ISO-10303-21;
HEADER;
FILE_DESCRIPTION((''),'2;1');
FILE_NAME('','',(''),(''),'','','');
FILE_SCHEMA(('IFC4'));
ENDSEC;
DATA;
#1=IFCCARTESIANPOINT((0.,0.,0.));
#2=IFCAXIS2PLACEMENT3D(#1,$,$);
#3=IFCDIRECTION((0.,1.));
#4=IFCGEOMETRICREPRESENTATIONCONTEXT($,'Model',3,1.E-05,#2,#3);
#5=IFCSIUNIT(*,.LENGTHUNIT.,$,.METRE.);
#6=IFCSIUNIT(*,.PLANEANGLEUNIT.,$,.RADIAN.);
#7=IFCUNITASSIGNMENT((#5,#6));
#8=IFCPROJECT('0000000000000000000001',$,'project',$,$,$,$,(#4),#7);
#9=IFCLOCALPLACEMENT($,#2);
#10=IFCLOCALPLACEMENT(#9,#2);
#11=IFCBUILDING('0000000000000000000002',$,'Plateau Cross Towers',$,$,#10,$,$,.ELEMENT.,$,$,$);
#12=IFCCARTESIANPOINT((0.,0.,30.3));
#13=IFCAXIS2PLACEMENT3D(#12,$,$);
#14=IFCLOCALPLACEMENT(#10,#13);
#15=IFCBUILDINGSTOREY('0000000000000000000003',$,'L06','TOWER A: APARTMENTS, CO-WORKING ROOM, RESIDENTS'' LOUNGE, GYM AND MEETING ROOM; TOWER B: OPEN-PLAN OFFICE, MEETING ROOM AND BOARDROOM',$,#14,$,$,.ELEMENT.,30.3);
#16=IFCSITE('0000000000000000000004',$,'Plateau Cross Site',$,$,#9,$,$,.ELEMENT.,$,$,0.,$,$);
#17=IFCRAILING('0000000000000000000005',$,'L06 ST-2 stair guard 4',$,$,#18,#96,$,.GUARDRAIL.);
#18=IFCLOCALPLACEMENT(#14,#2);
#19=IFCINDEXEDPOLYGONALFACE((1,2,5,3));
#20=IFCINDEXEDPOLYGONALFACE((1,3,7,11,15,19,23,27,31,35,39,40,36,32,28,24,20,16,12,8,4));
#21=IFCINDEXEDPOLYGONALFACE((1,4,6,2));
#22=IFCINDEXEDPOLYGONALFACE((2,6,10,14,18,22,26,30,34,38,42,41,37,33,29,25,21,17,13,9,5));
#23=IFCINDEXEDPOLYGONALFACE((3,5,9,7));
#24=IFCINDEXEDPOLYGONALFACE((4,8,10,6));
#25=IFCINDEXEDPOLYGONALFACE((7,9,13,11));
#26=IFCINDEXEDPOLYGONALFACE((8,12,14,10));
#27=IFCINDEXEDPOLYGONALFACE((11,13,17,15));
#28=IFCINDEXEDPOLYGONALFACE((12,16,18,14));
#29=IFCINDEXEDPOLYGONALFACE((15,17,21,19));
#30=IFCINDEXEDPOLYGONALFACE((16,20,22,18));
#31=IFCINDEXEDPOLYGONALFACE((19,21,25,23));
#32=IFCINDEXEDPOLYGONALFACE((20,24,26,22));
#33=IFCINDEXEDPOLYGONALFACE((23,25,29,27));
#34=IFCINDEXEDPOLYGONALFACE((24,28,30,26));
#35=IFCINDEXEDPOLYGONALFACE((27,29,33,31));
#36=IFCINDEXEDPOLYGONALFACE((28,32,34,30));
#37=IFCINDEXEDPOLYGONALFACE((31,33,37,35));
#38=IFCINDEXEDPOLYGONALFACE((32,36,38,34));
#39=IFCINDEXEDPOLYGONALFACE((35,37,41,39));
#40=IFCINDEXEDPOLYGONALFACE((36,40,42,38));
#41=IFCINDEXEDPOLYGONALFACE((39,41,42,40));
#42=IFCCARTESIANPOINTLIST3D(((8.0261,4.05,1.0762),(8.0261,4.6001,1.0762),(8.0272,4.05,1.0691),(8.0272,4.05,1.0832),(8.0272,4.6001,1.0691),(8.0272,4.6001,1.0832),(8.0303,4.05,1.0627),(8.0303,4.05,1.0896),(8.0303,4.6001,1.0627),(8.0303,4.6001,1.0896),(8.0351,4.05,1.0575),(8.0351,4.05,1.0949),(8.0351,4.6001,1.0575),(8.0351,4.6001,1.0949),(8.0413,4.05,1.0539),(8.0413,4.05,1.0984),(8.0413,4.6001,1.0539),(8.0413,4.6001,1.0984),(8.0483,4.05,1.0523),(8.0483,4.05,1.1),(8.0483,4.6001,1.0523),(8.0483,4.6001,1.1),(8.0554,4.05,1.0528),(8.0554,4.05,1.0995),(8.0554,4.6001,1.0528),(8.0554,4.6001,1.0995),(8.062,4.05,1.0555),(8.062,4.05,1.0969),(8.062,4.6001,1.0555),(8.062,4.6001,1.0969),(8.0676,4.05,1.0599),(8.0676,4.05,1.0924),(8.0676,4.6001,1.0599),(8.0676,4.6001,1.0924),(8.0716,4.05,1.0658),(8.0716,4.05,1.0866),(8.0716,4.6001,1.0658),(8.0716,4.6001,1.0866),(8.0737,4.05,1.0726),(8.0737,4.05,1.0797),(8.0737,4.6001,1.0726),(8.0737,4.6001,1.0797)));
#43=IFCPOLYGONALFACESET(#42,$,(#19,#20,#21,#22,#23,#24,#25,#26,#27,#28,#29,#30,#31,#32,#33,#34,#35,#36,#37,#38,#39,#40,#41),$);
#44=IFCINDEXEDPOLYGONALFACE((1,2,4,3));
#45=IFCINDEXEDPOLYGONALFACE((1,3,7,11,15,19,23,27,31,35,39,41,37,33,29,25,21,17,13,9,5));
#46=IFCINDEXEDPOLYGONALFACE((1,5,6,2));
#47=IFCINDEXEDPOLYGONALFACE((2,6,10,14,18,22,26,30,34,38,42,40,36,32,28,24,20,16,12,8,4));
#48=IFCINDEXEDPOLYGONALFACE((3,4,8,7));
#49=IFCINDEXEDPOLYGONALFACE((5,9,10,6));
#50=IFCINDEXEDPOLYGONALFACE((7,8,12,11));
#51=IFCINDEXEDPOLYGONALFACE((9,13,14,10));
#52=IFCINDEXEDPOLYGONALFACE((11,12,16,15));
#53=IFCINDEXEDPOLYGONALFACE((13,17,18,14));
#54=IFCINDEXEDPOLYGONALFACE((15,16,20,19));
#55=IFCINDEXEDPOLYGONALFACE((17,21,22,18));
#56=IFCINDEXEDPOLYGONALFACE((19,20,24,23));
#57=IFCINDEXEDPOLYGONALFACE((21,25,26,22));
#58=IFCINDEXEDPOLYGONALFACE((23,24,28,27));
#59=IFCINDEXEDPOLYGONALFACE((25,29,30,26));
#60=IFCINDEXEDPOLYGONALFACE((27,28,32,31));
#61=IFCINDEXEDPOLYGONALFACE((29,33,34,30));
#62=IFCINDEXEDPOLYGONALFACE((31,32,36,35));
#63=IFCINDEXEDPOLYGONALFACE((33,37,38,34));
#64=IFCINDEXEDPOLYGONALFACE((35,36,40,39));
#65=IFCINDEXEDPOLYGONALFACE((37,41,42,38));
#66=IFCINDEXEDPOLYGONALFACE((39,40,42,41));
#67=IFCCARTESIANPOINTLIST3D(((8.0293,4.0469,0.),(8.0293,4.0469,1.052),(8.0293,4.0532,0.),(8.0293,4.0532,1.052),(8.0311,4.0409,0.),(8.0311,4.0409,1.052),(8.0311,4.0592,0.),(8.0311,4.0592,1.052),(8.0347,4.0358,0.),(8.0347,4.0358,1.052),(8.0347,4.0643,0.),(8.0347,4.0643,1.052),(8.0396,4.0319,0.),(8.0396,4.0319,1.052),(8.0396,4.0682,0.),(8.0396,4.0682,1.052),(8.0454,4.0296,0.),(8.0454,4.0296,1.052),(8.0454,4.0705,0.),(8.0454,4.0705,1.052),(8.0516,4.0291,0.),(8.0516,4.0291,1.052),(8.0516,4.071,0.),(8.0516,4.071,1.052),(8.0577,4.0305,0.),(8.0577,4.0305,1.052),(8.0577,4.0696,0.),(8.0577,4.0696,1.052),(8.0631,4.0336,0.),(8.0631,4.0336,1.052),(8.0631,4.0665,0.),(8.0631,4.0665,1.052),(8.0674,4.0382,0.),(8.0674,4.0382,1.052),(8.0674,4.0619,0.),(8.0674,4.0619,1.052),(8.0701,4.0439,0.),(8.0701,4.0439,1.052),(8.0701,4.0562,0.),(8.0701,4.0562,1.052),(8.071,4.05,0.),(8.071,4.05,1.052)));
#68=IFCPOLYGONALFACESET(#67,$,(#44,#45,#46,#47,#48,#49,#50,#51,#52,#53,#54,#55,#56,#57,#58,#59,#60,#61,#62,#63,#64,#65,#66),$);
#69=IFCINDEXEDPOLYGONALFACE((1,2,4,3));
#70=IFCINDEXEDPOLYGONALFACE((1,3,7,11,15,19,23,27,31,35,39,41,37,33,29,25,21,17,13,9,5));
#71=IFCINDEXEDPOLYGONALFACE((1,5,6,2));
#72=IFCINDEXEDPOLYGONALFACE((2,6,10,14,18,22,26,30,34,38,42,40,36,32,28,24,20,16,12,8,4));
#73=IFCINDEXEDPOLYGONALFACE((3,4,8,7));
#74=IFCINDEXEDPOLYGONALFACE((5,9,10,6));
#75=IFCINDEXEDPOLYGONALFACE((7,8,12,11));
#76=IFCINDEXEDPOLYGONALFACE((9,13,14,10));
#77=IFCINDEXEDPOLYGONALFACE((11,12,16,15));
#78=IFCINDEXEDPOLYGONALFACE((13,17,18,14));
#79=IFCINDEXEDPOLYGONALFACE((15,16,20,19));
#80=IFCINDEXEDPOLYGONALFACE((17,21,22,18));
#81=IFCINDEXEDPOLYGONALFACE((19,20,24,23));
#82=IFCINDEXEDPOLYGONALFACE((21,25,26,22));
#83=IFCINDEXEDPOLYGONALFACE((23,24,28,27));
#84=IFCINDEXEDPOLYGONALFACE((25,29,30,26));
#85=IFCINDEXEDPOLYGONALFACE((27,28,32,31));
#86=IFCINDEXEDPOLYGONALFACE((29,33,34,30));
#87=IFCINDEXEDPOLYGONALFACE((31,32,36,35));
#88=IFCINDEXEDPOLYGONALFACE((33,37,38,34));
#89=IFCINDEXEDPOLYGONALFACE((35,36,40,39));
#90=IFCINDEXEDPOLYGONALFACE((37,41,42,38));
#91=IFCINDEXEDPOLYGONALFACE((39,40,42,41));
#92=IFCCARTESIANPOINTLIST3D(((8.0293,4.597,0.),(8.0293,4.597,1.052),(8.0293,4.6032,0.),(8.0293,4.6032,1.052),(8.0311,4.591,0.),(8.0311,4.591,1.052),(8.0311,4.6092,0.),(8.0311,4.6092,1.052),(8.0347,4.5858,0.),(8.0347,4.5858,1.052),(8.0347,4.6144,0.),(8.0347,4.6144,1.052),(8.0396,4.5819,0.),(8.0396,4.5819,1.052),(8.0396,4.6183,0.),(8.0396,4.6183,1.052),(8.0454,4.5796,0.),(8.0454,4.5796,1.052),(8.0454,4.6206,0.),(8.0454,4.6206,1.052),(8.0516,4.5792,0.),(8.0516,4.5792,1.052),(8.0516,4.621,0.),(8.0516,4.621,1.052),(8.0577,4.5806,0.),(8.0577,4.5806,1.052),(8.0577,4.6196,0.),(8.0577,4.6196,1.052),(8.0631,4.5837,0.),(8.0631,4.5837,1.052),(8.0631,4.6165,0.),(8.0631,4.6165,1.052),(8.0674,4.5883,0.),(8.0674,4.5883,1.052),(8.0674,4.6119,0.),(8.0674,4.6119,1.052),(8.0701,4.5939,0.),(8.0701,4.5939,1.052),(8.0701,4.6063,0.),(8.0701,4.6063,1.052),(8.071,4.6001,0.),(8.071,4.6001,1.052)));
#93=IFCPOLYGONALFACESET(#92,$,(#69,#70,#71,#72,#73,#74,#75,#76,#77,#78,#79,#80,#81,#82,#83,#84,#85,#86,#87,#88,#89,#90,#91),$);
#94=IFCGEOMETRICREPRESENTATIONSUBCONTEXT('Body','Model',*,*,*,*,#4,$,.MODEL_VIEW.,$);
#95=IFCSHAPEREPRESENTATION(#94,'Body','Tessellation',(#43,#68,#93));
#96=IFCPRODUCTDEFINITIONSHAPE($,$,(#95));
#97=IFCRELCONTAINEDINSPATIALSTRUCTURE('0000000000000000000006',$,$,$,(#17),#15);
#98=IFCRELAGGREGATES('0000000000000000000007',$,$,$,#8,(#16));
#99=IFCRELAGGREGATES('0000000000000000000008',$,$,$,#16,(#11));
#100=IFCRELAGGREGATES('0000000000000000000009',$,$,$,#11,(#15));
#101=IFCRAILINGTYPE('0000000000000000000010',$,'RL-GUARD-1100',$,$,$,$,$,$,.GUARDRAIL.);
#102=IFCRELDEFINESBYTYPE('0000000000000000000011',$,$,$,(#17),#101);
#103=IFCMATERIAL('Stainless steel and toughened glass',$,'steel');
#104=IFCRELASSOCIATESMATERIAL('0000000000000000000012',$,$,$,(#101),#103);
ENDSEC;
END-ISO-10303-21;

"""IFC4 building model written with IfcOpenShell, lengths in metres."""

from ifc_helpers import new_model, si_unit, direction, frame, origin, origin_2d, place, context, subcontext, project, spatial, circle, extrude, material, type_object, element, save


model = new_model("IFC4")

# Units and contexts
model_context = context("Model", 3, precision=1e-05, world=origin(), true_north=direction((0.0, 1.0)))
body_context = subcontext(model_context, "Body", "Model", "MODEL_VIEW")
ifc_project = project(units=[si_unit("LENGTHUNIT", "METRE"), si_unit("PLANEANGLEUNIT", "RADIAN")], contexts=[model_context])

# Site, building, storey
site_placement = place(None, origin())
site = spatial("IfcSite", under=ifc_project, at=site_placement, Name="Plateau Cross Site", CompositionType="ELEMENT", RefElevation=0.0)
building_placement = place(site_placement, origin())
building = spatial("IfcBuilding", under=site, at=building_placement, Name="Plateau Cross Towers", CompositionType="ELEMENT")
storey_placement = place(building_placement, frame((0.0, 0.0, 30.3)))
storey = spatial("IfcBuildingStorey", under=building, at=storey_placement, Name="L06", Description="TOWER A: APARTMENTS, CO-WORKING ROOM, RESIDENTS' LOUNGE, GYM AND MEETING ROOM; TOWER B: OPEN-PLAN OFFICE, MEETING ROOM AND BOARDROOM", CompositionType="ELEMENT", Elevation=30.3)

# Railing
ifc_material_1 = material(Name="Stainless steel and toughened glass", Category="steel")
railing_type_1 = type_object("IfcRailingType", Name="RL-GUARD-1100", PredefinedType="GUARDRAIL", material=ifc_material_1)
railing_1_placement = place(storey_placement, frame((8.05, 4.05, 0.0)))
element("IfcRailing", 1, at=railing_1_placement, inside=storey, type_object=railing_type_1, Name="L06 ST-2 stair guard 4", PredefinedType="GUARDRAIL", context=body_context, shape_type="SweptSolid", body=[
    extrude(circle(Radius=0.0239, at=origin_2d()), frame((0.0, 0.0, 1.0762), z_axis=(0.0, 1.0, 0.0), x_axis=(-1.0, 0.0, 0.0)), (0.0, 0.0, 1.0), 0.55),
    extrude(circle(Radius=0.021, at=origin_2d()), origin(), (0.0, 0.0, 1.0), 1.052),
    extrude(circle(Radius=0.021, at=origin_2d()), frame((0.0, 0.55, 0.0)), (0.0, 0.0, 1.0), 1.052),
])

save(model, "model.ifc")
